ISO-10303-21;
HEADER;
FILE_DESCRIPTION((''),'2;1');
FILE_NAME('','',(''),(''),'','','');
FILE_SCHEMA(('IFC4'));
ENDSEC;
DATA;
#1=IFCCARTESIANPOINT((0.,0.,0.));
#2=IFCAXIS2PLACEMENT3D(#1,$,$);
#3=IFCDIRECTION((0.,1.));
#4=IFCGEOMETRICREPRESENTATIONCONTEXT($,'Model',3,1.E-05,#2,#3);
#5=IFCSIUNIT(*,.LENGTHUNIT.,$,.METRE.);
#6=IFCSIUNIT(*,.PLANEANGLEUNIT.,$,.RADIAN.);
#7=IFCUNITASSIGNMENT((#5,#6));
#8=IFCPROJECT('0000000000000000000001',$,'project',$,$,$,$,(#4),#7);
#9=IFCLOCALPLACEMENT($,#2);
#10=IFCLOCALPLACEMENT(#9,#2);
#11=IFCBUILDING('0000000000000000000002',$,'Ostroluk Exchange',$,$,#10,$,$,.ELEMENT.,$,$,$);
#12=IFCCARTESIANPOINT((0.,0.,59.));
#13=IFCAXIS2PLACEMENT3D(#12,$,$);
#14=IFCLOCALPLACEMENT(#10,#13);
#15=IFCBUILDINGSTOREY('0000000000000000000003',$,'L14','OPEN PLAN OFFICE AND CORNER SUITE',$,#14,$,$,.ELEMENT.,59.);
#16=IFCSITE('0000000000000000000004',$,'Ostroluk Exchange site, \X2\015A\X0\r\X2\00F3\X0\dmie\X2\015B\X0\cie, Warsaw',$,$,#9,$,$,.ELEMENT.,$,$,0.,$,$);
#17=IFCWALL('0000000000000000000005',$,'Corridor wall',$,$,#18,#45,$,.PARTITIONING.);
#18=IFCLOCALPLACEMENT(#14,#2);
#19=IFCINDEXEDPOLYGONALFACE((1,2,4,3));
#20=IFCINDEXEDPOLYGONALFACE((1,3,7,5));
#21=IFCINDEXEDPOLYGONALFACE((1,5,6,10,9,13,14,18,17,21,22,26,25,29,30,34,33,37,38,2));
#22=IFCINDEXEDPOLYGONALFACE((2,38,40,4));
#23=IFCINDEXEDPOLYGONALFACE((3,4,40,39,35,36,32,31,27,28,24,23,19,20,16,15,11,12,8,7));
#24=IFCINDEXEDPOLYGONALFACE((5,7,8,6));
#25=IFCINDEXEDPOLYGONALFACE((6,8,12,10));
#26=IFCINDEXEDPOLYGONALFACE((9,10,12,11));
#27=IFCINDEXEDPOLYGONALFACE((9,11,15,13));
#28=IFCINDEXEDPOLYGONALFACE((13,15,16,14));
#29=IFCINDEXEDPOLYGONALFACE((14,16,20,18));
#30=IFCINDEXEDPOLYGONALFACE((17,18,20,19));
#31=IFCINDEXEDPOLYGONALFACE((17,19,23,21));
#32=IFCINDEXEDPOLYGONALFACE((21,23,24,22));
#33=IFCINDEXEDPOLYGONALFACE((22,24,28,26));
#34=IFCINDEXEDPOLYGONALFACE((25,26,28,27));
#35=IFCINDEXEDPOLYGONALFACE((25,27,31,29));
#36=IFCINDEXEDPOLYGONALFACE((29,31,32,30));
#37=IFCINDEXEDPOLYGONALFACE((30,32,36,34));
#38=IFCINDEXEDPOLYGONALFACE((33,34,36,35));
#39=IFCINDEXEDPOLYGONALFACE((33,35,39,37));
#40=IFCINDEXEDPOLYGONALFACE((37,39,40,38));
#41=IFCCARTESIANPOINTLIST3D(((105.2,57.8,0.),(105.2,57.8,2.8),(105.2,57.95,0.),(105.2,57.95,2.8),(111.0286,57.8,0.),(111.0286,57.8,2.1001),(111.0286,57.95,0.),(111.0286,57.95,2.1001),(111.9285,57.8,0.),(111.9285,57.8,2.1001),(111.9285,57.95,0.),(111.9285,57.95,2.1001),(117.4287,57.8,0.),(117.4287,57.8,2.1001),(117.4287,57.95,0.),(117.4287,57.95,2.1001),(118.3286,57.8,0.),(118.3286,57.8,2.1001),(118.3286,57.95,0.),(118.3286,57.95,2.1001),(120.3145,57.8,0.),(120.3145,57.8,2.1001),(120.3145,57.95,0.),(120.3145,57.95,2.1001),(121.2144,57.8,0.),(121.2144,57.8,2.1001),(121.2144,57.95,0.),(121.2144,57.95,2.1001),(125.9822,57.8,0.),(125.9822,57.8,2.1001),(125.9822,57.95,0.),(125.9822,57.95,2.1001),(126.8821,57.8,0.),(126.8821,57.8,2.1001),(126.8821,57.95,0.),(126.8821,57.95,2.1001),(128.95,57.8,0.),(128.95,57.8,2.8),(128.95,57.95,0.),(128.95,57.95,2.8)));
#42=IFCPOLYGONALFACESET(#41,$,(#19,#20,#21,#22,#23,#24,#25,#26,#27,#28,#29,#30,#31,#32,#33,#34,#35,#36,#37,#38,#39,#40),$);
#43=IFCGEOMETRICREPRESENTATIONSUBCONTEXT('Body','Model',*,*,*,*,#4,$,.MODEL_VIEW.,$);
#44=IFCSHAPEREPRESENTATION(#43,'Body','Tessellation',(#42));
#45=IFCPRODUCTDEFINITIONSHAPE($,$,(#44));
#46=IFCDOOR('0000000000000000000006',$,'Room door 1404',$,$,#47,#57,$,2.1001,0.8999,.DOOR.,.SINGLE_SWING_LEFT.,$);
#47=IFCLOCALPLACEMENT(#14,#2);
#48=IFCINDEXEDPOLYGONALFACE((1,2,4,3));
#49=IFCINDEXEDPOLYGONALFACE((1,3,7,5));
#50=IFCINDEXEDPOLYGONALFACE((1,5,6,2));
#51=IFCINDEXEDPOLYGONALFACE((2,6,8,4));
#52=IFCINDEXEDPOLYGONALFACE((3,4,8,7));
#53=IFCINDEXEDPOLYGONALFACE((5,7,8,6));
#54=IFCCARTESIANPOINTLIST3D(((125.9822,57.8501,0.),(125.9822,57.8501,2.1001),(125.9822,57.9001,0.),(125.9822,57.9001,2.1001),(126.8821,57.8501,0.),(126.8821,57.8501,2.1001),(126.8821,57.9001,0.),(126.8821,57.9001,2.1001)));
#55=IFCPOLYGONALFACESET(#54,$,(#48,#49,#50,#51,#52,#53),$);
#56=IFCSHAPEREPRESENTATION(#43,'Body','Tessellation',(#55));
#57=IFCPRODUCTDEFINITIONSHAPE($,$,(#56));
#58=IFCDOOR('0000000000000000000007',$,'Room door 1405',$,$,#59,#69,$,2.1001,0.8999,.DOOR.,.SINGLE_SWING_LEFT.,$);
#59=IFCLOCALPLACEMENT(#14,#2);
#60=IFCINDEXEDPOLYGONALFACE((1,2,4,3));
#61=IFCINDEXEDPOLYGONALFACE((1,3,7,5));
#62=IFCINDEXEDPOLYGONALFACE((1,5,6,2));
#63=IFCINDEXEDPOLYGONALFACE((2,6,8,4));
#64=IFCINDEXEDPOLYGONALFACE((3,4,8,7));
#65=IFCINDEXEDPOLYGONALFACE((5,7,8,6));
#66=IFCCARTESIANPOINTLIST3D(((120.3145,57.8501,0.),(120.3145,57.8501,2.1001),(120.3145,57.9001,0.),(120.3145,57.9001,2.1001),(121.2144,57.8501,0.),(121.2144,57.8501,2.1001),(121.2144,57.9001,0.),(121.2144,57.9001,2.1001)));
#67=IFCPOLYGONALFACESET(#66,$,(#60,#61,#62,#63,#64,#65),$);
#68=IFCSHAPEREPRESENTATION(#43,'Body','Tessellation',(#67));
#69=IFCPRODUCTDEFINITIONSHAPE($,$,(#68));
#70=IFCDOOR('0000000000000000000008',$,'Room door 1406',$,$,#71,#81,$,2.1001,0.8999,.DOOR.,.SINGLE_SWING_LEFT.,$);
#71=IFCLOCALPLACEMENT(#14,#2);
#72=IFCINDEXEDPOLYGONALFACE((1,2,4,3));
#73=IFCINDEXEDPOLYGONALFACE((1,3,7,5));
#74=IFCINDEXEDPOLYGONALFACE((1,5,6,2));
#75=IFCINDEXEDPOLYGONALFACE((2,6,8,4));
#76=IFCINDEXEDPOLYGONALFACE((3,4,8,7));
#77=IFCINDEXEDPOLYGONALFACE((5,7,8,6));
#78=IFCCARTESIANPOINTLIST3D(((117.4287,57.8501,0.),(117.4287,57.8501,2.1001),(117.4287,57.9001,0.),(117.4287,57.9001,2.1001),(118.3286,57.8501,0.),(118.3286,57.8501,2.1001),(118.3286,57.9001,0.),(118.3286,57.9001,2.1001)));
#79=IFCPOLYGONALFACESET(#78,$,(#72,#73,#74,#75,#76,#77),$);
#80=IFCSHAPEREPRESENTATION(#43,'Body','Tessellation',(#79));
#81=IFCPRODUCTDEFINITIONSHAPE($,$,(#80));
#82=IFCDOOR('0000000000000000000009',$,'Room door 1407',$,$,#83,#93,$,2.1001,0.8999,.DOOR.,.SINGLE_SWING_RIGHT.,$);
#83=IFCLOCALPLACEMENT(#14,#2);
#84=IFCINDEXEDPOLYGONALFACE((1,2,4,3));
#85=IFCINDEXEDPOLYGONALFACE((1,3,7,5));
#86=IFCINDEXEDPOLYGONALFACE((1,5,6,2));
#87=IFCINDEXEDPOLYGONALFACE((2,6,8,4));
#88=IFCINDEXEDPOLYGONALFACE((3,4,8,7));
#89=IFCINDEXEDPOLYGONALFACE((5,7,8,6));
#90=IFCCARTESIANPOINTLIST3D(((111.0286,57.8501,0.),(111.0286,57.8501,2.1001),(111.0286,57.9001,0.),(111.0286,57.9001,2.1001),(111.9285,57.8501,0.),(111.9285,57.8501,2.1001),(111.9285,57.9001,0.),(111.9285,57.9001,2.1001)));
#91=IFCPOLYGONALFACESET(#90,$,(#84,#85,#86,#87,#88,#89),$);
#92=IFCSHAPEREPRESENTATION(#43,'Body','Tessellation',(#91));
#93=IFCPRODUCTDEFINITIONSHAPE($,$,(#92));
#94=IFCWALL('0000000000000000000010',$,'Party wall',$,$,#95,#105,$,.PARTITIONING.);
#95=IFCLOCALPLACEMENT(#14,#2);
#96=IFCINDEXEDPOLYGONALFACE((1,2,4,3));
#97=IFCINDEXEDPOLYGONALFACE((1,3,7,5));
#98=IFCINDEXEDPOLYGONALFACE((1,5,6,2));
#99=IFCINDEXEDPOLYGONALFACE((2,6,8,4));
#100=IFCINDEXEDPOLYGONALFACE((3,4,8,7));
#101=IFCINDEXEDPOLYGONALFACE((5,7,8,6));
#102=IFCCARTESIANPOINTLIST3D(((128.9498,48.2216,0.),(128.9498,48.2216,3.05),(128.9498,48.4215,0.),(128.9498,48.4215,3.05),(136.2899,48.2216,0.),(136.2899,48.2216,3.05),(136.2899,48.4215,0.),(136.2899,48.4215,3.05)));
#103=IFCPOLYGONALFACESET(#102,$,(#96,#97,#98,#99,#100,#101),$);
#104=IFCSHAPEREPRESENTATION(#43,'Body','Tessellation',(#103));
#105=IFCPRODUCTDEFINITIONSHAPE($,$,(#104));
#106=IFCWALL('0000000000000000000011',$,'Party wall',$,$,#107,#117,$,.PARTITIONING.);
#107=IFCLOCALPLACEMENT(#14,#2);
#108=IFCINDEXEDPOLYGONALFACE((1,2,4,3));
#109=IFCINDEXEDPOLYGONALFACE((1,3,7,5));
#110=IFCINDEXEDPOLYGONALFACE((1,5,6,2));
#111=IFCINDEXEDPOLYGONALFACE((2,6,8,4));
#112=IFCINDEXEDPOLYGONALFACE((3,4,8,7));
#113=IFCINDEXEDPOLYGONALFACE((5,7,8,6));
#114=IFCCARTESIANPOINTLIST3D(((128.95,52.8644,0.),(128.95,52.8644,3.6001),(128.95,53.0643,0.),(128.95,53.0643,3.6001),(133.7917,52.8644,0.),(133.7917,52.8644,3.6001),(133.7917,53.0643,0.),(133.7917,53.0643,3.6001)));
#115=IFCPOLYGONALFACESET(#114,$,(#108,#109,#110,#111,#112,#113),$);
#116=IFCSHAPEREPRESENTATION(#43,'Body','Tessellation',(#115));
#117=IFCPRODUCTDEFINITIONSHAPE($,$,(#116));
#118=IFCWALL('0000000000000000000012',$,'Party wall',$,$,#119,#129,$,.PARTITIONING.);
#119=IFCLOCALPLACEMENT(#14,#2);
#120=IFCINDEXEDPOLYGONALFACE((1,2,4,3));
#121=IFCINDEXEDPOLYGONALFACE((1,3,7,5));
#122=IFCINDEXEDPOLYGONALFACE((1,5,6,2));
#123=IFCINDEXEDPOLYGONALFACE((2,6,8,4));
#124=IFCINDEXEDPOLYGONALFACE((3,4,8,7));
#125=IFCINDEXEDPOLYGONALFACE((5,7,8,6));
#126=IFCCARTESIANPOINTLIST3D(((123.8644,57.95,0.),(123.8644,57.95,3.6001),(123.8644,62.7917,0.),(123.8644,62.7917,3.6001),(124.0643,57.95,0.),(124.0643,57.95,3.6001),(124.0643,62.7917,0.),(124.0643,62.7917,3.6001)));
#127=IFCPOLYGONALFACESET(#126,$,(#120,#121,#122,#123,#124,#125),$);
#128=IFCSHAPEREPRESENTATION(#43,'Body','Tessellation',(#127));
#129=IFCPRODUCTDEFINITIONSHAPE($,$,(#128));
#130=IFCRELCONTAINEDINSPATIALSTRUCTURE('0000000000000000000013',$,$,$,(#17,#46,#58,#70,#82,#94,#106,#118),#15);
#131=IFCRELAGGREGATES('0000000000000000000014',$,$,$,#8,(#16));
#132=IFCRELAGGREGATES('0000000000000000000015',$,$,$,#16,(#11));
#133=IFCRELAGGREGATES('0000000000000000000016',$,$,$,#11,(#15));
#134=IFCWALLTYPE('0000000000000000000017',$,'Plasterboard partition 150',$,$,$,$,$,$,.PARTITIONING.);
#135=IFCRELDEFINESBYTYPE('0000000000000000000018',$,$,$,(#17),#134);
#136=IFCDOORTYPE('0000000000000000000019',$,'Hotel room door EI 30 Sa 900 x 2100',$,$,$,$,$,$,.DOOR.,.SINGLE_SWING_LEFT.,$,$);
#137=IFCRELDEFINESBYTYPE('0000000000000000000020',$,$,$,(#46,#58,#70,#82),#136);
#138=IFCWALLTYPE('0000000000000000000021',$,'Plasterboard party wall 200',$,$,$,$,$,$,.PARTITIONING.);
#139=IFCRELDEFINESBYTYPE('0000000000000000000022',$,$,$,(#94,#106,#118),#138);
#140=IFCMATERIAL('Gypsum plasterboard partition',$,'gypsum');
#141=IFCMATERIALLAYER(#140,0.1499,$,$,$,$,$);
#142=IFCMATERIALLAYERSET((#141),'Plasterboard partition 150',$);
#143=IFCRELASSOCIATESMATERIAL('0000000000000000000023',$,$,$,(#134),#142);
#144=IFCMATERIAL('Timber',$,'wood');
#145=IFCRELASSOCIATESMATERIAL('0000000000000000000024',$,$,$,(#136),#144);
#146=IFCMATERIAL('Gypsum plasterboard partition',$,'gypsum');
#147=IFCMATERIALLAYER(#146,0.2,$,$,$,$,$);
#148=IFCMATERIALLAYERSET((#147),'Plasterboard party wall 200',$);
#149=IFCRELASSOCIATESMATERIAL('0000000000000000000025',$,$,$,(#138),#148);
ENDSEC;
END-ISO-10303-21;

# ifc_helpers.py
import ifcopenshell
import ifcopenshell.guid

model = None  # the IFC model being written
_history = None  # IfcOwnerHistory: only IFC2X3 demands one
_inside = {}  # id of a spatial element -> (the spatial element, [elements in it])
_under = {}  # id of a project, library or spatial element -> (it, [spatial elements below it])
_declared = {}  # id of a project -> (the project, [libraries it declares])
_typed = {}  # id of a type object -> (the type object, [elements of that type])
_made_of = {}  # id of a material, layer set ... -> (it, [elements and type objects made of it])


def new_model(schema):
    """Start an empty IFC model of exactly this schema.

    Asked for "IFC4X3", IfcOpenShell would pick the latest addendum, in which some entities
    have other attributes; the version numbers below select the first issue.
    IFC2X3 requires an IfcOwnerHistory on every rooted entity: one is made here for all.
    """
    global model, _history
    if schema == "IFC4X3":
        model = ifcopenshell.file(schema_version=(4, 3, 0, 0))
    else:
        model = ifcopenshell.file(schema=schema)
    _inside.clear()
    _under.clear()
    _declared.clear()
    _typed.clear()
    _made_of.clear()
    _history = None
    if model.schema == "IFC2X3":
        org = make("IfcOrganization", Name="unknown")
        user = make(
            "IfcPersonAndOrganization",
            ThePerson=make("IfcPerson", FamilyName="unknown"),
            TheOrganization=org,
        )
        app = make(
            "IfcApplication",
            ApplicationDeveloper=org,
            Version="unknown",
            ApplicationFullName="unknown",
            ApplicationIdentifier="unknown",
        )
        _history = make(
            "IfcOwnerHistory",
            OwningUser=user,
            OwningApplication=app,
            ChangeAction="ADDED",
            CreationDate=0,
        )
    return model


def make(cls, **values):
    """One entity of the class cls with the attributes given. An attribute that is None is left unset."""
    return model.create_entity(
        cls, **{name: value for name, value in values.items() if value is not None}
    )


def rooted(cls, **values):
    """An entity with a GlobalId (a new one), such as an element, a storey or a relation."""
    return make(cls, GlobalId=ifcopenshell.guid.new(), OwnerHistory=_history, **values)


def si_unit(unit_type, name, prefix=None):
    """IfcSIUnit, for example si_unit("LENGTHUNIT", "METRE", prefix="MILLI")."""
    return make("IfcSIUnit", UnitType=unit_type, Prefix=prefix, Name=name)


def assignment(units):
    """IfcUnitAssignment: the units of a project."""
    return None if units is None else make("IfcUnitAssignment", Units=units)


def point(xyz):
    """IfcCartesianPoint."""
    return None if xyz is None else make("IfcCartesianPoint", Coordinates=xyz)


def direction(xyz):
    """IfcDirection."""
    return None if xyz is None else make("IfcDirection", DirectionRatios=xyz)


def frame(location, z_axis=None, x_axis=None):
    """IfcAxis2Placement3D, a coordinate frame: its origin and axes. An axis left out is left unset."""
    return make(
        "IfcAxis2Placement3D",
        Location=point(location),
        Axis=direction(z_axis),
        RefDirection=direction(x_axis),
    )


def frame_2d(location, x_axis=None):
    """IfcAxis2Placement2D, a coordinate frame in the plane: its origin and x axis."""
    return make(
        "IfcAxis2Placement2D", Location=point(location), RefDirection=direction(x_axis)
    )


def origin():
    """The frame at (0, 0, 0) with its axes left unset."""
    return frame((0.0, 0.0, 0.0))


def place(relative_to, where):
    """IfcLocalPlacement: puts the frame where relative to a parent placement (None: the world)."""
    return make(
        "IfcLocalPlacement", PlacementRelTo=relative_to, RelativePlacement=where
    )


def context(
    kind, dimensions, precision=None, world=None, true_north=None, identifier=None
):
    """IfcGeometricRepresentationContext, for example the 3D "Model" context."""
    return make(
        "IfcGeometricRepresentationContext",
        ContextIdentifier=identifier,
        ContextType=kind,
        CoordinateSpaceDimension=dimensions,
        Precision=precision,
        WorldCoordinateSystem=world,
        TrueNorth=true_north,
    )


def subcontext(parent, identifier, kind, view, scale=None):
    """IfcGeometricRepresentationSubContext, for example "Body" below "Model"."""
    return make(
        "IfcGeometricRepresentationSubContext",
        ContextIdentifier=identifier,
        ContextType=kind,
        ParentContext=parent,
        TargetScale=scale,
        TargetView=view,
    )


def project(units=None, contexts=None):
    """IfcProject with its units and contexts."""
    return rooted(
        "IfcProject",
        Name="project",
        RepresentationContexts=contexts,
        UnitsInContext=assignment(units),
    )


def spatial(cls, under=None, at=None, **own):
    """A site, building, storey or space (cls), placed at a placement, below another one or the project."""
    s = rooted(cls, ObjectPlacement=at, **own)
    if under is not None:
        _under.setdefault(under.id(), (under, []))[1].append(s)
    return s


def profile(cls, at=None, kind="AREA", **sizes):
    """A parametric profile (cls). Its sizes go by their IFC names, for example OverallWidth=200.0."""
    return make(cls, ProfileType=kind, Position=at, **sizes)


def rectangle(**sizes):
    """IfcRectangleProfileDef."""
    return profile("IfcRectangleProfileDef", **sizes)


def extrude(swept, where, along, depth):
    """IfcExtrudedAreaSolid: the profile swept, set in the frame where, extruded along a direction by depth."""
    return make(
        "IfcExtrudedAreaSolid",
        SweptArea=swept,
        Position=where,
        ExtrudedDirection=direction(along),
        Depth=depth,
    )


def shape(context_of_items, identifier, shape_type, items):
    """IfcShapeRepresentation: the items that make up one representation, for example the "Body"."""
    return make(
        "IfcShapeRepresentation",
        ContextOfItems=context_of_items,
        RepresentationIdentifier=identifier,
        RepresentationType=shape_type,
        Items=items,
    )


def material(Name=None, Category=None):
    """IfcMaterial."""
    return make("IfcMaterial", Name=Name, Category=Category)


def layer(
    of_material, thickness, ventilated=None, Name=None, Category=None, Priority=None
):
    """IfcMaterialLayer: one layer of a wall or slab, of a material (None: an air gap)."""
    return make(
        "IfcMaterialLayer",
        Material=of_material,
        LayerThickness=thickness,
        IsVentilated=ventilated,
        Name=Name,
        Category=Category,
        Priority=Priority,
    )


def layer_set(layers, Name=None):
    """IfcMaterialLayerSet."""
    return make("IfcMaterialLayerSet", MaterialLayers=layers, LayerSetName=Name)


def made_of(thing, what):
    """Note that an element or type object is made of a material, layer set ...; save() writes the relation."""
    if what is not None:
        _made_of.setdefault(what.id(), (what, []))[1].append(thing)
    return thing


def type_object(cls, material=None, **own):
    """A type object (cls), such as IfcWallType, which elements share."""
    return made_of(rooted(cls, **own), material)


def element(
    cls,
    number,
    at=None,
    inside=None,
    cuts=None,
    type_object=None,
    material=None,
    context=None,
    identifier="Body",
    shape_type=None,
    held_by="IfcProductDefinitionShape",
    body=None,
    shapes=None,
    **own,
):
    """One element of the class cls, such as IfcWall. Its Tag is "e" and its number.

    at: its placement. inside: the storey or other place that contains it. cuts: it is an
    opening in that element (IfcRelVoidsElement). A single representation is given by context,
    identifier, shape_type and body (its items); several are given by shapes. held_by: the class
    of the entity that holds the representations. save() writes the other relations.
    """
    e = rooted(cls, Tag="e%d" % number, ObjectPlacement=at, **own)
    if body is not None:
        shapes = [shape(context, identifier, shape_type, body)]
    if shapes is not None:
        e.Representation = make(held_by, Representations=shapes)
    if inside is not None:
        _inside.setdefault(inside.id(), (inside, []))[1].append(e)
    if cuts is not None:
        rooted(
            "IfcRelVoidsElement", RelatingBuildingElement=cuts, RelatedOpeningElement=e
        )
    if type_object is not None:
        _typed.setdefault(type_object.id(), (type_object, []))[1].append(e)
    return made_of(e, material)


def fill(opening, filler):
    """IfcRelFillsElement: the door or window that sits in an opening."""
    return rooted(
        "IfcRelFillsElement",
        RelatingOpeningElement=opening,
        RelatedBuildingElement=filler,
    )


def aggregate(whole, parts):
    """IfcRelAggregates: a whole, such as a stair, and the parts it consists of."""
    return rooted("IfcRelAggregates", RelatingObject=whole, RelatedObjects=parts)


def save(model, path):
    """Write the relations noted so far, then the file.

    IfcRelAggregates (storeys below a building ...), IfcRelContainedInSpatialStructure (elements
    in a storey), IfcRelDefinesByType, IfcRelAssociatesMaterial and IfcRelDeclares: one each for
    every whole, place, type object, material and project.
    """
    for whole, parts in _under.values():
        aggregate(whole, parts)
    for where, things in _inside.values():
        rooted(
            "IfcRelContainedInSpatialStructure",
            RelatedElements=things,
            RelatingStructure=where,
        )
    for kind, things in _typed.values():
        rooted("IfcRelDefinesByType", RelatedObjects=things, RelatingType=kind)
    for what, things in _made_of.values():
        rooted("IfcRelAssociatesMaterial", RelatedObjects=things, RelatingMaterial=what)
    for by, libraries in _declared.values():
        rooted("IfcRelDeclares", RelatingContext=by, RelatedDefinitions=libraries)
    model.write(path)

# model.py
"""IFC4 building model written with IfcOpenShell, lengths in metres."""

from ifc_helpers import new_model, si_unit, direction, frame, frame_2d, origin, place, context, subcontext, project, spatial, rectangle, extrude, material, layer, layer_set, type_object, element, fill, save


model = new_model("IFC4")

# Units and contexts
model_context = context("Model", 3, precision=1e-05, world=origin(), true_north=direction((0.0, 1.0)))
body_context = subcontext(model_context, "Body", "Model", "MODEL_VIEW")
ifc_project = project(units=[si_unit("LENGTHUNIT", "METRE"), si_unit("PLANEANGLEUNIT", "RADIAN")], contexts=[model_context])

# Site, building, storey
site_placement = place(None, origin())
site = spatial("IfcSite", under=ifc_project, at=site_placement, Name="Ostroluk Exchange site, Śródmieście, Warsaw", CompositionType="ELEMENT", RefElevation=0.0)
building_placement = place(site_placement, origin())
building = spatial("IfcBuilding", under=site, at=building_placement, Name="Ostroluk Exchange", CompositionType="ELEMENT")
storey_placement = place(building_placement, frame((0.0, 0.0, 59.0)))
storey = spatial("IfcBuildingStorey", under=building, at=storey_placement, Name="L14", Description="OPEN PLAN OFFICE AND CORNER SUITE", CompositionType="ELEMENT", Elevation=59.0)

# Wall, openings, doors
ifc_material_1 = material(Name="Gypsum plasterboard partition", Category="gypsum")
ifc_layer_1 = layer(ifc_material_1, 0.1499)
ifc_layer_set_1 = layer_set([ifc_layer_1], Name="Plasterboard partition 150")
wall_type_1 = type_object("IfcWallType", Name="Plasterboard partition 150", PredefinedType="PARTITIONING", material=ifc_layer_set_1)
wall_1_placement = place(storey_placement, frame((128.95, 57.875, 0.0), z_axis=(0.0, 0.0, 1.0), x_axis=(-1.0, 0.0, 0.0)))
wall_1 = element("IfcWall", 1, at=wall_1_placement, inside=storey, type_object=wall_type_1, Name="Corridor wall", PredefinedType="PARTITIONING", context=body_context, shape_type="SweptSolid", body=[
    extrude(rectangle(XDim=23.75, YDim=0.1499, at=frame_2d((11.875, 0.0))), origin(), (0.0, 0.0, 1.0), 2.8),
])
opening_1_placement = place(wall_1_placement, frame((2.0679, 0.0, 0.0)))
opening_1 = element("IfcOpeningElement", 2, at=opening_1_placement, cuts=wall_1, PredefinedType="OPENING", context=body_context, shape_type="SweptSolid", body=[
    extrude(rectangle(XDim=0.8999, YDim=2.1001, at=frame_2d((0.45, 1.05))), frame((0.0, 0.085, 0.0), z_axis=(0.0, -1.0, 0.0), x_axis=(1.0, 0.0, 0.0)), (0.0, 0.0, 1.0), 0.1699),
])
opening_2_placement = place(wall_1_placement, frame((7.7356, 0.0, 0.0)))
opening_2 = element("IfcOpeningElement", 3, at=opening_2_placement, cuts=wall_1, PredefinedType="OPENING", context=body_context, shape_type="SweptSolid", body=[
    extrude(rectangle(XDim=0.8999, YDim=2.1001, at=frame_2d((0.45, 1.05))), frame((0.0, 0.085, 0.0), z_axis=(0.0, -1.0, 0.0), x_axis=(1.0, 0.0, 0.0)), (0.0, 0.0, 1.0), 0.1699),
])
opening_3_placement = place(wall_1_placement, frame((10.6213, 0.0, 0.0)))
opening_3 = element("IfcOpeningElement", 4, at=opening_3_placement, cuts=wall_1, PredefinedType="OPENING", context=body_context, shape_type="SweptSolid", body=[
    extrude(rectangle(XDim=0.8999, YDim=2.1001, at=frame_2d((0.45, 1.05))), frame((0.0, 0.085, 0.0), z_axis=(0.0, -1.0, 0.0), x_axis=(1.0, 0.0, 0.0)), (0.0, 0.0, 1.0), 0.1699),
])
opening_4_placement = place(wall_1_placement, frame((17.0215, 0.0, 0.0)))
opening_4 = element("IfcOpeningElement", 5, at=opening_4_placement, cuts=wall_1, PredefinedType="OPENING", context=body_context, shape_type="SweptSolid", body=[
    extrude(rectangle(XDim=0.8999, YDim=2.1001, at=frame_2d((0.45, 1.05))), frame((0.0, 0.085, 0.0), z_axis=(0.0, -1.0, 0.0), x_axis=(1.0, 0.0, 0.0)), (0.0, 0.0, 1.0), 0.1699),
])
ifc_material_2 = material(Name="Timber", Category="wood")
door_type_1 = type_object("IfcDoorType", Name="Hotel room door EI 30 Sa 900 x 2100", OperationType="SINGLE_SWING_LEFT", PredefinedType="DOOR", material=ifc_material_2)
door_1_placement = place(opening_1_placement, origin())
door_1 = element("IfcDoor", 6, at=door_1_placement, inside=storey, type_object=door_type_1, Name="Room door 1404", OperationType="SINGLE_SWING_LEFT", OverallHeight=2.1001, OverallWidth=0.8999, PredefinedType="DOOR", context=body_context, shape_type="SweptSolid", body=[
    extrude(rectangle(XDim=0.8999, YDim=2.1001, at=frame_2d((0.45, 1.05))), frame((0.0, 0.0249, 0.0), z_axis=(0.0, -1.0, 0.0), x_axis=(1.0, 0.0, 0.0)), (0.0, 0.0, 1.0), 0.05),
])
fill(opening_1, door_1)
door_2_placement = place(opening_2_placement, origin())
door_2 = element("IfcDoor", 7, at=door_2_placement, inside=storey, type_object=door_type_1, Name="Room door 1405", OperationType="SINGLE_SWING_LEFT", OverallHeight=2.1001, OverallWidth=0.8999, PredefinedType="DOOR", context=body_context, shape_type="SweptSolid", body=[
    extrude(rectangle(XDim=0.8999, YDim=2.1001, at=frame_2d((0.45, 1.05))), frame((0.0, 0.0249, 0.0), z_axis=(0.0, -1.0, 0.0), x_axis=(1.0, 0.0, 0.0)), (0.0, 0.0, 1.0), 0.05),
])
fill(opening_2, door_2)
door_3_placement = place(opening_3_placement, origin())
door_3 = element("IfcDoor", 8, at=door_3_placement, inside=storey, type_object=door_type_1, Name="Room door 1406", OperationType="SINGLE_SWING_LEFT", OverallHeight=2.1001, OverallWidth=0.8999, PredefinedType="DOOR", context=body_context, shape_type="SweptSolid", body=[
    extrude(rectangle(XDim=0.8999, YDim=2.1001, at=frame_2d((0.45, 1.05))), frame((0.0, 0.0249, 0.0), z_axis=(0.0, -1.0, 0.0), x_axis=(1.0, 0.0, 0.0)), (0.0, 0.0, 1.0), 0.05),
])
fill(opening_3, door_3)
door_4_placement = place(opening_4_placement, origin())
door_4 = element("IfcDoor", 9, at=door_4_placement, inside=storey, type_object=door_type_1, Name="Room door 1407", OperationType="SINGLE_SWING_RIGHT", OverallHeight=2.1001, OverallWidth=0.8999, PredefinedType="DOOR", context=body_context, shape_type="SweptSolid", body=[
    extrude(rectangle(XDim=0.8999, YDim=2.1001, at=frame_2d((0.45, 1.05))), frame((0.0, 0.0249, 0.0), z_axis=(0.0, -1.0, 0.0), x_axis=(1.0, 0.0, 0.0)), (0.0, 0.0, 1.0), 0.05),
])
fill(opening_4, door_4)

# Walls
ifc_material_3 = material(Name="Gypsum plasterboard partition", Category="gypsum")
ifc_layer_2 = layer(ifc_material_3, 0.2)
ifc_layer_set_2 = layer_set([ifc_layer_2], Name="Plasterboard party wall 200")
wall_type_2 = type_object("IfcWallType", Name="Plasterboard party wall 200", PredefinedType="PARTITIONING", material=ifc_layer_set_2)
wall_2_placement = place(storey_placement, frame((128.95, 48.3215, 0.0), z_axis=(0.0, 0.0, 1.0), x_axis=(1.0, 0.0, 0.0)))
element("IfcWall", 10, at=wall_2_placement, inside=storey, type_object=wall_type_2, Name="Party wall", PredefinedType="PARTITIONING", context=body_context, shape_type="SweptSolid", body=[
    extrude(rectangle(XDim=7.3401, YDim=0.2, at=frame_2d((3.6699, 0.0))), origin(), (0.0, 0.0, 1.0), 3.05),
])
for number, where, z_axis, x_axis, name in (
    (11, (128.95, 52.9644, 0.0), (0.0, 0.0, 1.0), (1.0, 0.0, 0.0), "Party wall"),
    (12, (123.9644, 57.95, 0.0), (0.0, 0.0, 1.0), (0.0, 1.0, 0.0), "Party wall"),
):
    element("IfcWall", number, at=place(storey_placement, frame(where, z_axis=z_axis, x_axis=x_axis)), inside=storey, type_object=wall_type_2, Name=name, PredefinedType="PARTITIONING", context=body_context, shape_type="SweptSolid", body=[
        extrude(rectangle(XDim=4.8418, YDim=0.2, at=frame_2d((2.4209, 0.0))), origin(), (0.0, 0.0, 1.0), 3.6001),
    ])

save(model, "model.ifc")
